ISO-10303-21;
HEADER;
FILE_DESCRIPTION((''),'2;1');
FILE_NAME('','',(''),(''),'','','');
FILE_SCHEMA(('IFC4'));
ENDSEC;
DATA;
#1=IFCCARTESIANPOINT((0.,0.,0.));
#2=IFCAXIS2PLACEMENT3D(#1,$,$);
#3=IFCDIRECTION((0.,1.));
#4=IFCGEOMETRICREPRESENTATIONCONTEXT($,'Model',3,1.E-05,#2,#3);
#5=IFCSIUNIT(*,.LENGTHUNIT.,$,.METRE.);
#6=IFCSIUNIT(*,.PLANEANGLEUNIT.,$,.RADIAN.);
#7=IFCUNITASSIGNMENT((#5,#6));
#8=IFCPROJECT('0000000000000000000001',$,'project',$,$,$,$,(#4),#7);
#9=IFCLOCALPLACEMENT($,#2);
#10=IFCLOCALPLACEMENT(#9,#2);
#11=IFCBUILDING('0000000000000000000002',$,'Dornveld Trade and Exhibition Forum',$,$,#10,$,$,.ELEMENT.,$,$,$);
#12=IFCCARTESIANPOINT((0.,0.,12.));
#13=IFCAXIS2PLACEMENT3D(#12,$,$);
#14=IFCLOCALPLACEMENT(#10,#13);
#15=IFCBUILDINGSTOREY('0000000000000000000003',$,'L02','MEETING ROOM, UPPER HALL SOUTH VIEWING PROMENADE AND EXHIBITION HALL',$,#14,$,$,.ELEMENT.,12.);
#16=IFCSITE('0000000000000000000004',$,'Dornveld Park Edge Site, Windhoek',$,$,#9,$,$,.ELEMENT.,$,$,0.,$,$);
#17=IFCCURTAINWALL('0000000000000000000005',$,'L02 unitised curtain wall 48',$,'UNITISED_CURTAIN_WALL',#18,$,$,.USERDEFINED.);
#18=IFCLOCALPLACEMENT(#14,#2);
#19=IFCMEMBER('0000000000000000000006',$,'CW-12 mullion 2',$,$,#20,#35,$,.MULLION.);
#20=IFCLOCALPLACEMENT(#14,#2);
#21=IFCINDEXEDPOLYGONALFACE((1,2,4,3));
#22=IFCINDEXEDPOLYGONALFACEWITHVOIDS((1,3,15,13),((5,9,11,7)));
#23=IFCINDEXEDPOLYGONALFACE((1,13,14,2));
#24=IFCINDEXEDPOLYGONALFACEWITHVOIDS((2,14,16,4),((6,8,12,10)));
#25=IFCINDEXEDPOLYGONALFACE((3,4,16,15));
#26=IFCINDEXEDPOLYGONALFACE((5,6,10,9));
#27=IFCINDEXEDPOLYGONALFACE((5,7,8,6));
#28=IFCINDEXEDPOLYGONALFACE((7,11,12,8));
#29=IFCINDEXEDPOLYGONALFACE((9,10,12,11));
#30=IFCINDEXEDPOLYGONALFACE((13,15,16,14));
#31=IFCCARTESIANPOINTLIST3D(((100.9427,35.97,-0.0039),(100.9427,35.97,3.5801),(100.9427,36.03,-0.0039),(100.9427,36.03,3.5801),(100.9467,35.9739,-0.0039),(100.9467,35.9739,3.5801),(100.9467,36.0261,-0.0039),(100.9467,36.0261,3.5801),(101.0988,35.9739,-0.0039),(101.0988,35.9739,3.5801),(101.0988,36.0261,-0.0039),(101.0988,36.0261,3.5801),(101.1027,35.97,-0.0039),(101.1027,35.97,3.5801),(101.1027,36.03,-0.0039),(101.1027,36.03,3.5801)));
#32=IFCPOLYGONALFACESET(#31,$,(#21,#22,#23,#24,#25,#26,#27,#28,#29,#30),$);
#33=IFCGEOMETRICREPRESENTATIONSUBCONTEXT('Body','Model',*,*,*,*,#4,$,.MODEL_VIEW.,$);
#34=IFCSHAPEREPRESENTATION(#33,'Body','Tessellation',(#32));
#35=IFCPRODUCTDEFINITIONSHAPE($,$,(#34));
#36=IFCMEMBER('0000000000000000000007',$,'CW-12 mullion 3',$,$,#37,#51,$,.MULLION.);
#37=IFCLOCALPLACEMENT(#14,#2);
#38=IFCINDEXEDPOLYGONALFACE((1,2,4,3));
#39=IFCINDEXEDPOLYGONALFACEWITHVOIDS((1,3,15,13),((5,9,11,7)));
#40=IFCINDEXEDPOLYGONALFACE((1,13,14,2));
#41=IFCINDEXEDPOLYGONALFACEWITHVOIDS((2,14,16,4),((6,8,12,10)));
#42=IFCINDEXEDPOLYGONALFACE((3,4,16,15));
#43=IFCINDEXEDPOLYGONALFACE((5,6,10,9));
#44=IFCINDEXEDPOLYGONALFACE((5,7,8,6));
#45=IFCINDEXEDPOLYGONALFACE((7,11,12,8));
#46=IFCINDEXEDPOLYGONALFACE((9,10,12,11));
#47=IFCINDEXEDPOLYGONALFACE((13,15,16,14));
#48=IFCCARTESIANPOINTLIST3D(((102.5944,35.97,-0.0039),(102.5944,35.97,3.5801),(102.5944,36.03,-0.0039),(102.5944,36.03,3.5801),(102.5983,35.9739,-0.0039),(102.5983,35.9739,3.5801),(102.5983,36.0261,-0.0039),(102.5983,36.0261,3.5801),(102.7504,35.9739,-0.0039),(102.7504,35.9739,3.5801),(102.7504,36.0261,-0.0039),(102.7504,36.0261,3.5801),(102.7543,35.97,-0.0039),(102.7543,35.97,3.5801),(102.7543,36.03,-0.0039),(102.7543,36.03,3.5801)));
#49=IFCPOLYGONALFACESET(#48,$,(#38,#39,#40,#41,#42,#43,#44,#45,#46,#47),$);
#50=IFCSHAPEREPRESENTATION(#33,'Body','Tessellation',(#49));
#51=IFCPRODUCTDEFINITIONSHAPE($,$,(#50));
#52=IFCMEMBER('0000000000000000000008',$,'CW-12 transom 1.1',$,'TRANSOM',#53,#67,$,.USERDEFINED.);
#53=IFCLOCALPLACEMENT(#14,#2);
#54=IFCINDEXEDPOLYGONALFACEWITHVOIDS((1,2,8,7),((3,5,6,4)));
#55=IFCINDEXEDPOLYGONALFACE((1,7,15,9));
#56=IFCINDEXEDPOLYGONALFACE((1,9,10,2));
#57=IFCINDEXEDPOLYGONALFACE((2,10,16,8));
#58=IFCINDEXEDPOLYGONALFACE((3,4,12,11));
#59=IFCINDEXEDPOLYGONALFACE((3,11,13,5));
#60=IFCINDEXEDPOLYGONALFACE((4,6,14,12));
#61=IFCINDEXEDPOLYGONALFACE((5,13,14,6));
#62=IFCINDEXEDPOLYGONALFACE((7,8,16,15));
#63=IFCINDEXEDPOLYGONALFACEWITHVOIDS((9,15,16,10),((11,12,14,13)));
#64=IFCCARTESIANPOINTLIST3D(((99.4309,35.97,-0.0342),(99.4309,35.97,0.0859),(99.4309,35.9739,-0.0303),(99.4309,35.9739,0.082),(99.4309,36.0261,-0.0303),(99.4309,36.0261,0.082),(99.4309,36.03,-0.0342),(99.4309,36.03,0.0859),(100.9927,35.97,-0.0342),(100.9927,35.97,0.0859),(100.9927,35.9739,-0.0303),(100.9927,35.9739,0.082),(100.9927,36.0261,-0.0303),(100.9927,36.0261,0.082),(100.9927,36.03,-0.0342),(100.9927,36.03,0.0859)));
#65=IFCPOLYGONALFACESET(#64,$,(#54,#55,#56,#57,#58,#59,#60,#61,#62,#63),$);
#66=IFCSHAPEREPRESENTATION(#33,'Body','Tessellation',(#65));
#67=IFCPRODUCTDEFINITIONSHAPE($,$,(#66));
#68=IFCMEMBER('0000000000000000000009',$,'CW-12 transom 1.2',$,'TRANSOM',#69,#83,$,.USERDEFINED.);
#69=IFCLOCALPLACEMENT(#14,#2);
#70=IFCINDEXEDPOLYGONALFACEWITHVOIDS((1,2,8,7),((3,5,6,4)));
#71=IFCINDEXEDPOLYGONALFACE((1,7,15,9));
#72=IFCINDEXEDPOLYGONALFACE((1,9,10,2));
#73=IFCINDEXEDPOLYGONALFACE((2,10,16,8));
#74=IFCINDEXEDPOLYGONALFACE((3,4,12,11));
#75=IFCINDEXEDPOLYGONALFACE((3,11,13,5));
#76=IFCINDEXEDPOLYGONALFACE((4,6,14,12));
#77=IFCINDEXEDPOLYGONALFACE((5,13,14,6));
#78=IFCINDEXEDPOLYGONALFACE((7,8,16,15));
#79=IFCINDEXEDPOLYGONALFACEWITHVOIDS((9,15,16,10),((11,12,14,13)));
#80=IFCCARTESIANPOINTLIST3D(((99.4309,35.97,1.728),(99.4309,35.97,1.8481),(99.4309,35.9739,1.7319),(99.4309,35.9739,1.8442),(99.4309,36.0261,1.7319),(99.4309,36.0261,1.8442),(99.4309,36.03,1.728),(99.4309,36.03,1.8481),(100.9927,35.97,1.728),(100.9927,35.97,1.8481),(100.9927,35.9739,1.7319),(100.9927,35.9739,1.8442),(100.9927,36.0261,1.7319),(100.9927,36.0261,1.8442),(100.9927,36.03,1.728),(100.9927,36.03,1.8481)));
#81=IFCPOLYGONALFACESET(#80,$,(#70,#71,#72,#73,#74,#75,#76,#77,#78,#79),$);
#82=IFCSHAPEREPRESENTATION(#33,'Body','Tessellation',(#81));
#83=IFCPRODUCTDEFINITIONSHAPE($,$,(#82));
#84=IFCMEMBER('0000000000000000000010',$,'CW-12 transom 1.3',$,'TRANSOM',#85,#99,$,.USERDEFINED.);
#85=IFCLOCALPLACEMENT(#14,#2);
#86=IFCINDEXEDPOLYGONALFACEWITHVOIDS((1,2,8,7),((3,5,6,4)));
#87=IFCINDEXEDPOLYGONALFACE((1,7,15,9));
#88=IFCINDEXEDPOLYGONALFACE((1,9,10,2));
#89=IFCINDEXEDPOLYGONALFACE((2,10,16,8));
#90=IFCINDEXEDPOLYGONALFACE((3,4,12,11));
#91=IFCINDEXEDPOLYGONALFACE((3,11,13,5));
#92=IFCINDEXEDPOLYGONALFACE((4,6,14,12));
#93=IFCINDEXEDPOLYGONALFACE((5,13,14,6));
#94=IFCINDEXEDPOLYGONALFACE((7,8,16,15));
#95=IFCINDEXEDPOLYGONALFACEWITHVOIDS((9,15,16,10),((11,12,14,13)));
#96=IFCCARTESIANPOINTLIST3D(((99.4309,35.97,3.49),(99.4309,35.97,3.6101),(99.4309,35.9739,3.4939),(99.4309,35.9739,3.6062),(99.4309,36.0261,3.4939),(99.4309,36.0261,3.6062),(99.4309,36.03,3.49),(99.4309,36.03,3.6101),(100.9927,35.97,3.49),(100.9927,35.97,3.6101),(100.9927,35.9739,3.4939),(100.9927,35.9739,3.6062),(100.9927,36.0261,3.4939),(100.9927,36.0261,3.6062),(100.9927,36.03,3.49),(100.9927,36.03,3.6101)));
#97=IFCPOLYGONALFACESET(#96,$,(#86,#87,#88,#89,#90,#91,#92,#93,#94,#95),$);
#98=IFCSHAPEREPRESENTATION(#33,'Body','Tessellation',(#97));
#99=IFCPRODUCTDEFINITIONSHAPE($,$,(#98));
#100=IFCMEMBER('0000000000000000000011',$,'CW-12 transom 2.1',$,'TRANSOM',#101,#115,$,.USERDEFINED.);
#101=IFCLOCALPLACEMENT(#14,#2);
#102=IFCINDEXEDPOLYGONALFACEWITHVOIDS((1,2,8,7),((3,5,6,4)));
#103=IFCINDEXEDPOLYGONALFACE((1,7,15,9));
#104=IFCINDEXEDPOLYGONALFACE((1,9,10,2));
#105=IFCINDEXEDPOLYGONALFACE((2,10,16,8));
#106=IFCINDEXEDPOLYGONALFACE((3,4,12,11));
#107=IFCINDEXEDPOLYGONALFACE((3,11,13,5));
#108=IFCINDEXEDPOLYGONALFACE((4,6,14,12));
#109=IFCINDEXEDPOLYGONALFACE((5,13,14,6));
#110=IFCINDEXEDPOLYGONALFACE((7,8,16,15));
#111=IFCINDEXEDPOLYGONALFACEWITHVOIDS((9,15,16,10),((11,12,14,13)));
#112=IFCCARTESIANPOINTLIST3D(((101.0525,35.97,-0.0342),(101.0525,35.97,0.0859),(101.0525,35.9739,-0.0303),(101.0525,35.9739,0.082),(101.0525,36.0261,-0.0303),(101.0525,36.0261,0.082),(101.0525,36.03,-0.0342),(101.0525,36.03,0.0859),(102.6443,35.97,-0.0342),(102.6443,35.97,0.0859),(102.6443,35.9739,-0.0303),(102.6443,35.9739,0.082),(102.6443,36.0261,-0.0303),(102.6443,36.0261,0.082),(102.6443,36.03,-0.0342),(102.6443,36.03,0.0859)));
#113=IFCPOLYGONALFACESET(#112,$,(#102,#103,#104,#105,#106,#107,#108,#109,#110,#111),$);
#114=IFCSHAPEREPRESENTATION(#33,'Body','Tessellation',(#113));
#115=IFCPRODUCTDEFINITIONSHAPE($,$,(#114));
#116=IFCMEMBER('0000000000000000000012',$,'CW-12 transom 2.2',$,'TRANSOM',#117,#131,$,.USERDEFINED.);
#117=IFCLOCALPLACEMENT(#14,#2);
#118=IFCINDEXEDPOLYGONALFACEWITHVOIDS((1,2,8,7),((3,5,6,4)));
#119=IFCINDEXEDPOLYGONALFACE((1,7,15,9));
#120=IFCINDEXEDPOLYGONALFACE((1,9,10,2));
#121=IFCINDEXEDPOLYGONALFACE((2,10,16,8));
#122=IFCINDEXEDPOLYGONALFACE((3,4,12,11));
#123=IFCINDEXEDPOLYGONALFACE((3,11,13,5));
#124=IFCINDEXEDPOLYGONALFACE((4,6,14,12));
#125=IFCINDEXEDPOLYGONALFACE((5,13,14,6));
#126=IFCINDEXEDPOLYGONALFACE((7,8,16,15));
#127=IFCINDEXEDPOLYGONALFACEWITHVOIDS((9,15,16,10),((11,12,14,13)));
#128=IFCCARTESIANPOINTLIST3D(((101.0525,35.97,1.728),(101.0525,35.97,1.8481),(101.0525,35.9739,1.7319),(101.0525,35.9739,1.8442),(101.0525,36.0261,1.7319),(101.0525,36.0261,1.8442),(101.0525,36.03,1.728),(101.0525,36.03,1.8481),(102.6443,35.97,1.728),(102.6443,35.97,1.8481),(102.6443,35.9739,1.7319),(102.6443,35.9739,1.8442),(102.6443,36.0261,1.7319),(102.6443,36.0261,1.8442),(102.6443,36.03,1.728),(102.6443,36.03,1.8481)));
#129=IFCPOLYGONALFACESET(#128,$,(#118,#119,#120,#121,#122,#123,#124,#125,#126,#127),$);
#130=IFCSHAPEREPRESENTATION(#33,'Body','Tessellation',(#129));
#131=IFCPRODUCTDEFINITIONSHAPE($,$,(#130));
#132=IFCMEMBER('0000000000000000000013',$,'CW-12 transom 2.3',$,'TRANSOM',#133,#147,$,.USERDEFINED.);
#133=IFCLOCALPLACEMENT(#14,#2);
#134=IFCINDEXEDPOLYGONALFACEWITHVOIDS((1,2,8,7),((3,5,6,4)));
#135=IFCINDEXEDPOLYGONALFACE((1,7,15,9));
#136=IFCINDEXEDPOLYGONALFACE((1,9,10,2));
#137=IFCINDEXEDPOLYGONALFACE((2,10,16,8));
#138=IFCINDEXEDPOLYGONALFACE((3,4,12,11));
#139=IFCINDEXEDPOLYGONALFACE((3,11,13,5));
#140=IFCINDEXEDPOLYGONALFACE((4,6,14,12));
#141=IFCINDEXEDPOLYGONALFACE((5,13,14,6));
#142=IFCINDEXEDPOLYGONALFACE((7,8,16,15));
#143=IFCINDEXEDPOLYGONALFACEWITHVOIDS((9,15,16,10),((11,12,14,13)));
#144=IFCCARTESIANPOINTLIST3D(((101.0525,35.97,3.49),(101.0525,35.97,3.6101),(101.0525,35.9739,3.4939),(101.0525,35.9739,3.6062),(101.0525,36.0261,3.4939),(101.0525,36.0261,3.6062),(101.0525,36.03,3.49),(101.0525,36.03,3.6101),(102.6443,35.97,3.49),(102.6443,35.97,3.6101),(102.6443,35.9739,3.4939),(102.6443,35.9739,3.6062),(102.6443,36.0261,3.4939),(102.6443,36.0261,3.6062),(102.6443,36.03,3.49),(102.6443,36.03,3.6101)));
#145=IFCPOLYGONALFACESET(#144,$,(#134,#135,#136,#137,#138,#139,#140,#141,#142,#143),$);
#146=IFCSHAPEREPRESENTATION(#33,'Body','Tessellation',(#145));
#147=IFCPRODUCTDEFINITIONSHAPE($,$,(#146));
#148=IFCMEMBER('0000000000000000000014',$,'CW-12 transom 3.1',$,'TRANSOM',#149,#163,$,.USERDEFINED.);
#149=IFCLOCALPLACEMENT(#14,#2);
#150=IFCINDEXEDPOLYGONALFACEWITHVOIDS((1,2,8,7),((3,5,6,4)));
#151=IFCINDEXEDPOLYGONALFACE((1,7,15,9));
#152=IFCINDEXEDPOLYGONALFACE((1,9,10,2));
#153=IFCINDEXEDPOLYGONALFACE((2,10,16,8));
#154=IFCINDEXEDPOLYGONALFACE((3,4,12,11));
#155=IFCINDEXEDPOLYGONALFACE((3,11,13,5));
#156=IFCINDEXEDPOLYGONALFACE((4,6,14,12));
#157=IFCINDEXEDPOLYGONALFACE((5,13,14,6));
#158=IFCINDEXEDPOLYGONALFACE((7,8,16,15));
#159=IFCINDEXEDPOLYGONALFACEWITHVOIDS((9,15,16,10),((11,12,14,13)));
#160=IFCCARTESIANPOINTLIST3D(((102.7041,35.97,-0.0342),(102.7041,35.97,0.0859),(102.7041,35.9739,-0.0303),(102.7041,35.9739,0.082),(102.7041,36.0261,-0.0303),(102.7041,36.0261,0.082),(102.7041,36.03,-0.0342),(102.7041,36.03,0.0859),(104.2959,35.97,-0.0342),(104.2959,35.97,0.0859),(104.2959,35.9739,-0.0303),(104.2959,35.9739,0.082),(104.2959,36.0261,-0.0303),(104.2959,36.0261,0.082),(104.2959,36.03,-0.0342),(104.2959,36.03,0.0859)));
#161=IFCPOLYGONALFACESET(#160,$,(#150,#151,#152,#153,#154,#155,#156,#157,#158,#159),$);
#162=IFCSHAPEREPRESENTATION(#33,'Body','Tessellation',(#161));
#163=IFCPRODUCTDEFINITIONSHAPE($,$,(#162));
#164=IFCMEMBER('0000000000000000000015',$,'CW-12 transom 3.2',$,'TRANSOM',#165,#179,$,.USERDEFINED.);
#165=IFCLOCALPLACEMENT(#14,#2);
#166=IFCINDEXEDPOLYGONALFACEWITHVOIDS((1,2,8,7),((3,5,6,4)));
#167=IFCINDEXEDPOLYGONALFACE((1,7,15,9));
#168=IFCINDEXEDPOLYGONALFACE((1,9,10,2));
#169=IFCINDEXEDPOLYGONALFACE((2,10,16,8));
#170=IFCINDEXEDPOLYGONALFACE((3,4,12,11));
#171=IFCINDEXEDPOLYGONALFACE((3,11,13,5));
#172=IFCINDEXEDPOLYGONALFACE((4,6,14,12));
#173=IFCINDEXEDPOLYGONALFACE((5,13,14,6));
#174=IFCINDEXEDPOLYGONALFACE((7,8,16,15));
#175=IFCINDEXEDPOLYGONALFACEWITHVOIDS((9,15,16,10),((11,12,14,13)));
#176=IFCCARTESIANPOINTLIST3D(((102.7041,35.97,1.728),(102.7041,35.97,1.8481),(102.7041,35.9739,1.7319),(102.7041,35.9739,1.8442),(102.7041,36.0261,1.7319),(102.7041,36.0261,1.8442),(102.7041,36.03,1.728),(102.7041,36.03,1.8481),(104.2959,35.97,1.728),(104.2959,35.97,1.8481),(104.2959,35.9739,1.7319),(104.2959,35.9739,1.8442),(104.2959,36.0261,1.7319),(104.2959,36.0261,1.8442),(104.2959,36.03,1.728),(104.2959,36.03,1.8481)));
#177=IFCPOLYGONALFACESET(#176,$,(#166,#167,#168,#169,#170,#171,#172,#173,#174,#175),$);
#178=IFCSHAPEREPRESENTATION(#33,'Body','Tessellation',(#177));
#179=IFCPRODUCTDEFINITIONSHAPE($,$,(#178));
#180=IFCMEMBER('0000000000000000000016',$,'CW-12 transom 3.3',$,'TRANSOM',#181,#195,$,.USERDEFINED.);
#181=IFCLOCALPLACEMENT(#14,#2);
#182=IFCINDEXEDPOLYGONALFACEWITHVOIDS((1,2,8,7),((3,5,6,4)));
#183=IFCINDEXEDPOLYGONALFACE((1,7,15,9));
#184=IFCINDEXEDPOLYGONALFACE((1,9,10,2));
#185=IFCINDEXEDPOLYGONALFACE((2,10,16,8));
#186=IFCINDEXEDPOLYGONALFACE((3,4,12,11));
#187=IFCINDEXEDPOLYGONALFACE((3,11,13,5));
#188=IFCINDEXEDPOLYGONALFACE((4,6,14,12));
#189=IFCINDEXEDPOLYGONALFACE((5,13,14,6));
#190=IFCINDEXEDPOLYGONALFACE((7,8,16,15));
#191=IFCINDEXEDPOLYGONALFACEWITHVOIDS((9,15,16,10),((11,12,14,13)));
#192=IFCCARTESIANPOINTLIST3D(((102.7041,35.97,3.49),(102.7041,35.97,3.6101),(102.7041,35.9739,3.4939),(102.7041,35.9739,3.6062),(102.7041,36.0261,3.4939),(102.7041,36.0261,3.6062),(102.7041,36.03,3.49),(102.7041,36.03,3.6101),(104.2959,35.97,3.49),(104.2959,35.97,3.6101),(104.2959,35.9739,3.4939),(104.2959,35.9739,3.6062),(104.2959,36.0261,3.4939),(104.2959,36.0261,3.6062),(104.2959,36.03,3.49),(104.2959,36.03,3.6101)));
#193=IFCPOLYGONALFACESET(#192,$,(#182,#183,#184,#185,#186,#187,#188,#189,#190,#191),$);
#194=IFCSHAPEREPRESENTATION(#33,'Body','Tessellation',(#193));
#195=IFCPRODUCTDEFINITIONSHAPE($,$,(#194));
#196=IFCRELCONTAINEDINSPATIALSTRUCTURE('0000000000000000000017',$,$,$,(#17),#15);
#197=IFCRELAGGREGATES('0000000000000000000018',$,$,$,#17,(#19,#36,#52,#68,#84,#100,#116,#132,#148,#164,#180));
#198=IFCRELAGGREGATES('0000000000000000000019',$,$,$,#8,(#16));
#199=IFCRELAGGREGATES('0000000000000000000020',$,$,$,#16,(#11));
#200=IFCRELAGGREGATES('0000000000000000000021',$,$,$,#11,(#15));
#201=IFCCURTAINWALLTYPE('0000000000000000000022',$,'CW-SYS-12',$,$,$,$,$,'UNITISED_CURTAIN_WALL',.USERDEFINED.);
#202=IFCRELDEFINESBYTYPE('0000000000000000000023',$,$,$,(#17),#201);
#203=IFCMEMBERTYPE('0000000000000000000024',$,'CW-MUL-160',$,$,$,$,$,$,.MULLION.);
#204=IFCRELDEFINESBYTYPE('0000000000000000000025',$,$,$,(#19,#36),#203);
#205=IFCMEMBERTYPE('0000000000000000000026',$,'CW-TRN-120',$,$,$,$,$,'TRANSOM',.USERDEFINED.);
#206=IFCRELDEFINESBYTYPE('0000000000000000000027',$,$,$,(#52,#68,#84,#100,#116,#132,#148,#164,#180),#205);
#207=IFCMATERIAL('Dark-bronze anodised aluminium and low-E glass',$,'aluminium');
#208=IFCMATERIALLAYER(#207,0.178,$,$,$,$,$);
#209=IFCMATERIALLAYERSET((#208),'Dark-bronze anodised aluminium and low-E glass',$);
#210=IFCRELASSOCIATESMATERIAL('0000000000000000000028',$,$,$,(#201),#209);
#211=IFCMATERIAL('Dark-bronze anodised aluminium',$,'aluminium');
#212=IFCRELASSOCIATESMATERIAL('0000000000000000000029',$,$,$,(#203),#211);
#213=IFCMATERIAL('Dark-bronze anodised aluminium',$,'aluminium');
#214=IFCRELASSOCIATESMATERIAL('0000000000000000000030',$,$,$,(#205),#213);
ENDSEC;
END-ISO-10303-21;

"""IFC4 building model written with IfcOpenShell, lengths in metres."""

from ifc_helpers import new_model, si_unit, direction, frame, origin, origin_2d, place, context, subcontext, project, spatial, hollow_rectangle, extrude, material, layer, layer_set, material_profile, profile_set, type_object, element, aggregate, save


model = new_model("IFC4")

# Units and contexts
model_context = context("Model", 3, precision=1e-05, world=origin(), true_north=direction((0.0, 1.0)))
body_context = subcontext(model_context, "Body", "Model", "MODEL_VIEW")
ifc_project = project(units=[si_unit("LENGTHUNIT", "METRE"), si_unit("PLANEANGLEUNIT", "RADIAN")], contexts=[model_context])

# Site, building, storey
site_placement = place(None, origin())
site = spatial("IfcSite", under=ifc_project, at=site_placement, Name="Dornveld Park Edge Site, Windhoek", CompositionType="ELEMENT", RefElevation=0.0)
building_placement = place(site_placement, origin())
building = spatial("IfcBuilding", under=site, at=building_placement, Name="Dornveld Trade and Exhibition Forum", CompositionType="ELEMENT")
storey_placement = place(building_placement, frame((0.0, 0.0, 12.0)))
storey = spatial("IfcBuildingStorey", under=building, at=storey_placement, Name="L02", Description="MEETING ROOM, UPPER HALL SOUTH VIEWING PROMENADE AND EXHIBITION HALL", CompositionType="ELEMENT", Elevation=12.0)

# Curtain wall, members
ifc_material_1 = material(Name="Dark-bronze anodised aluminium and low-E glass", Category="aluminium")
ifc_layer_1 = layer(ifc_material_1, 0.178)
ifc_layer_set_1 = layer_set([ifc_layer_1], Name="Dark-bronze anodised aluminium and low-E glass")
curtain_wall_type = type_object("IfcCurtainWallType", Name="CW-SYS-12", ElementType="UNITISED_CURTAIN_WALL", PredefinedType="USERDEFINED", material=ifc_layer_set_1)
curtain_wall_placement = place(storey_placement, origin())
curtain_wall = element("IfcCurtainWall", 1, at=curtain_wall_placement, inside=storey, type_object=curtain_wall_type, Name="L02 unitised curtain wall 48", ObjectType="UNITISED_CURTAIN_WALL", PredefinedType="USERDEFINED")
ifc_material_2 = material(Name="Dark-bronze anodised aluminium", Category="aluminium")
ifc_material_profile_1 = material_profile(ifc_material_2, hollow_rectangle(XDim=0.0601, YDim=0.1599, WallThickness=0.0039, at=origin_2d()), Name="RHS 160x60x4")
ifc_profile_set_1 = profile_set([ifc_material_profile_1], Name="Dark-bronze anodised aluminium")
member_type_1 = type_object("IfcMemberType", Name="CW-MUL-160", PredefinedType="MULLION", material=ifc_profile_set_1)
member_1_placement = place(storey_placement, frame((101.0227, 36.0, -0.0039), z_axis=(0.0, 0.0, 1.0), x_axis=(0.0, 1.0, 0.0)))
member_1 = element("IfcMember", 2, at=member_1_placement, type_object=member_type_1, Name="CW-12 mullion 2", PredefinedType="MULLION", context=body_context, shape_type="SweptSolid", body=[
    extrude(hollow_rectangle(XDim=0.0601, YDim=0.1599, WallThickness=0.0039, at=origin_2d()), origin(), (0.0, 0.0, 1.0), 3.584),
])
member_2_placement = place(storey_placement, frame((102.6743, 36.0, -0.0039), z_axis=(0.0, 0.0, 1.0), x_axis=(0.0, 1.0, 0.0)))
member_2 = element("IfcMember", 3, at=member_2_placement, type_object=member_type_1, Name="CW-12 mullion 3", PredefinedType="MULLION", context=body_context, shape_type="SweptSolid", body=[
    extrude(hollow_rectangle(XDim=0.0601, YDim=0.1599, WallThickness=0.0039, at=origin_2d()), origin(), (0.0, 0.0, 1.0), 3.584),
])
ifc_material_3 = material(Name="Dark-bronze anodised aluminium", Category="aluminium")
ifc_material_profile_2 = material_profile(ifc_material_3, hollow_rectangle(XDim=0.0601, YDim=0.1201, WallThickness=0.0039, at=origin_2d()), Name="RHS 120x60x4")
ifc_profile_set_2 = profile_set([ifc_material_profile_2], Name="Dark-bronze anodised aluminium")
member_type_2 = type_object("IfcMemberType", Name="CW-TRN-120", ElementType="TRANSOM", PredefinedType="USERDEFINED", material=ifc_profile_set_2)
member_3_placement = place(storey_placement, frame((99.4309, 36.0, 0.0259), z_axis=(1.0, 0.0, 0.0), x_axis=(0.0, 1.0, 0.0)))
member_3 = element("IfcMember", 4, at=member_3_placement, type_object=member_type_2, Name="CW-12 transom 1.1", ObjectType="TRANSOM", PredefinedType="USERDEFINED", context=body_context, shape_type="SweptSolid", body=[
    extrude(hollow_rectangle(XDim=0.0601, YDim=0.1201, WallThickness=0.0039, at=origin_2d()), origin(), (0.0, 0.0, 1.0), 1.5618),
])
member_4_placement = place(storey_placement, frame((99.4309, 36.0, 1.7881), z_axis=(1.0, 0.0, 0.0), x_axis=(0.0, 1.0, 0.0)))
member_4 = element("IfcMember", 5, at=member_4_placement, type_object=member_type_2, Name="CW-12 transom 1.2", ObjectType="TRANSOM", PredefinedType="USERDEFINED", context=body_context, shape_type="SweptSolid", body=[
    extrude(hollow_rectangle(XDim=0.0601, YDim=0.1201, WallThickness=0.0039, at=origin_2d()), origin(), (0.0, 0.0, 1.0), 1.5618),
])
member_5_placement = place(storey_placement, frame((99.4309, 36.0, 3.55), z_axis=(1.0, 0.0, 0.0), x_axis=(0.0, 1.0, 0.0)))
member_5 = element("IfcMember", 6, at=member_5_placement, type_object=member_type_2, Name="CW-12 transom 1.3", ObjectType="TRANSOM", PredefinedType="USERDEFINED", context=body_context, shape_type="SweptSolid", body=[
    extrude(hollow_rectangle(XDim=0.0601, YDim=0.1201, WallThickness=0.0039, at=origin_2d()), origin(), (0.0, 0.0, 1.0), 1.5618),
])
member_6_placement = place(storey_placement, frame((101.0525, 36.0, 0.0259), z_axis=(1.0, 0.0, 0.0), x_axis=(0.0, 1.0, 0.0)))
member_6 = element("IfcMember", 7, at=member_6_placement, type_object=member_type_2, Name="CW-12 transom 2.1", ObjectType="TRANSOM", PredefinedType="USERDEFINED", context=body_context, shape_type="SweptSolid", body=[
    extrude(hollow_rectangle(XDim=0.0601, YDim=0.1201, WallThickness=0.0039, at=origin_2d()), origin(), (0.0, 0.0, 1.0), 1.5918),
])
member_7_placement = place(storey_placement, frame((101.0525, 36.0, 1.7881), z_axis=(1.0, 0.0, 0.0), x_axis=(0.0, 1.0, 0.0)))
member_7 = element("IfcMember", 8, at=member_7_placement, type_object=member_type_2, Name="CW-12 transom 2.2", ObjectType="TRANSOM", PredefinedType="USERDEFINED", context=body_context, shape_type="SweptSolid", body=[
    extrude(hollow_rectangle(XDim=0.0601, YDim=0.1201, WallThickness=0.0039, at=origin_2d()), origin(), (0.0, 0.0, 1.0), 1.5918),
])
member_8_placement = place(storey_placement, frame((101.0525, 36.0, 3.55), z_axis=(1.0, 0.0, 0.0), x_axis=(0.0, 1.0, 0.0)))
member_8 = element("IfcMember", 9, at=member_8_placement, type_object=member_type_2, Name="CW-12 transom 2.3", ObjectType="TRANSOM", PredefinedType="USERDEFINED", context=body_context, shape_type="SweptSolid", body=[
    extrude(hollow_rectangle(XDim=0.0601, YDim=0.1201, WallThickness=0.0039, at=origin_2d()), origin(), (0.0, 0.0, 1.0), 1.5918),
])
member_9_placement = place(storey_placement, frame((102.7041, 36.0, 0.0259), z_axis=(1.0, 0.0, 0.0), x_axis=(0.0, 1.0, 0.0)))
member_9 = element("IfcMember", 10, at=member_9_placement, type_object=member_type_2, Name="CW-12 transom 3.1", ObjectType="TRANSOM", PredefinedType="USERDEFINED", context=body_context, shape_type="SweptSolid", body=[
    extrude(hollow_rectangle(XDim=0.0601, YDim=0.1201, WallThickness=0.0039, at=origin_2d()), origin(), (0.0, 0.0, 1.0), 1.5918),
])
member_10_placement = place(storey_placement, frame((102.7041, 36.0, 1.7881), z_axis=(1.0, 0.0, 0.0), x_axis=(0.0, 1.0, 0.0)))
member_10 = element("IfcMember", 11, at=member_10_placement, type_object=member_type_2, Name="CW-12 transom 3.2", ObjectType="TRANSOM", PredefinedType="USERDEFINED", context=body_context, shape_type="SweptSolid", body=[
    extrude(hollow_rectangle(XDim=0.0601, YDim=0.1201, WallThickness=0.0039, at=origin_2d()), origin(), (0.0, 0.0, 1.0), 1.5918),
])
member_11_placement = place(storey_placement, frame((102.7041, 36.0, 3.55), z_axis=(1.0, 0.0, 0.0), x_axis=(0.0, 1.0, 0.0)))
member_11 = element("IfcMember", 12, at=member_11_placement, type_object=member_type_2, Name="CW-12 transom 3.3", ObjectType="TRANSOM", PredefinedType="USERDEFINED", context=body_context, shape_type="SweptSolid", body=[
    extrude(hollow_rectangle(XDim=0.0601, YDim=0.1201, WallThickness=0.0039, at=origin_2d()), origin(), (0.0, 0.0, 1.0), 1.5918),
])
aggregate(curtain_wall, [member_1, member_2, member_3, member_4, member_5, member_6, member_7, member_8, member_9, member_10, member_11])

save(model, "model.ifc")
